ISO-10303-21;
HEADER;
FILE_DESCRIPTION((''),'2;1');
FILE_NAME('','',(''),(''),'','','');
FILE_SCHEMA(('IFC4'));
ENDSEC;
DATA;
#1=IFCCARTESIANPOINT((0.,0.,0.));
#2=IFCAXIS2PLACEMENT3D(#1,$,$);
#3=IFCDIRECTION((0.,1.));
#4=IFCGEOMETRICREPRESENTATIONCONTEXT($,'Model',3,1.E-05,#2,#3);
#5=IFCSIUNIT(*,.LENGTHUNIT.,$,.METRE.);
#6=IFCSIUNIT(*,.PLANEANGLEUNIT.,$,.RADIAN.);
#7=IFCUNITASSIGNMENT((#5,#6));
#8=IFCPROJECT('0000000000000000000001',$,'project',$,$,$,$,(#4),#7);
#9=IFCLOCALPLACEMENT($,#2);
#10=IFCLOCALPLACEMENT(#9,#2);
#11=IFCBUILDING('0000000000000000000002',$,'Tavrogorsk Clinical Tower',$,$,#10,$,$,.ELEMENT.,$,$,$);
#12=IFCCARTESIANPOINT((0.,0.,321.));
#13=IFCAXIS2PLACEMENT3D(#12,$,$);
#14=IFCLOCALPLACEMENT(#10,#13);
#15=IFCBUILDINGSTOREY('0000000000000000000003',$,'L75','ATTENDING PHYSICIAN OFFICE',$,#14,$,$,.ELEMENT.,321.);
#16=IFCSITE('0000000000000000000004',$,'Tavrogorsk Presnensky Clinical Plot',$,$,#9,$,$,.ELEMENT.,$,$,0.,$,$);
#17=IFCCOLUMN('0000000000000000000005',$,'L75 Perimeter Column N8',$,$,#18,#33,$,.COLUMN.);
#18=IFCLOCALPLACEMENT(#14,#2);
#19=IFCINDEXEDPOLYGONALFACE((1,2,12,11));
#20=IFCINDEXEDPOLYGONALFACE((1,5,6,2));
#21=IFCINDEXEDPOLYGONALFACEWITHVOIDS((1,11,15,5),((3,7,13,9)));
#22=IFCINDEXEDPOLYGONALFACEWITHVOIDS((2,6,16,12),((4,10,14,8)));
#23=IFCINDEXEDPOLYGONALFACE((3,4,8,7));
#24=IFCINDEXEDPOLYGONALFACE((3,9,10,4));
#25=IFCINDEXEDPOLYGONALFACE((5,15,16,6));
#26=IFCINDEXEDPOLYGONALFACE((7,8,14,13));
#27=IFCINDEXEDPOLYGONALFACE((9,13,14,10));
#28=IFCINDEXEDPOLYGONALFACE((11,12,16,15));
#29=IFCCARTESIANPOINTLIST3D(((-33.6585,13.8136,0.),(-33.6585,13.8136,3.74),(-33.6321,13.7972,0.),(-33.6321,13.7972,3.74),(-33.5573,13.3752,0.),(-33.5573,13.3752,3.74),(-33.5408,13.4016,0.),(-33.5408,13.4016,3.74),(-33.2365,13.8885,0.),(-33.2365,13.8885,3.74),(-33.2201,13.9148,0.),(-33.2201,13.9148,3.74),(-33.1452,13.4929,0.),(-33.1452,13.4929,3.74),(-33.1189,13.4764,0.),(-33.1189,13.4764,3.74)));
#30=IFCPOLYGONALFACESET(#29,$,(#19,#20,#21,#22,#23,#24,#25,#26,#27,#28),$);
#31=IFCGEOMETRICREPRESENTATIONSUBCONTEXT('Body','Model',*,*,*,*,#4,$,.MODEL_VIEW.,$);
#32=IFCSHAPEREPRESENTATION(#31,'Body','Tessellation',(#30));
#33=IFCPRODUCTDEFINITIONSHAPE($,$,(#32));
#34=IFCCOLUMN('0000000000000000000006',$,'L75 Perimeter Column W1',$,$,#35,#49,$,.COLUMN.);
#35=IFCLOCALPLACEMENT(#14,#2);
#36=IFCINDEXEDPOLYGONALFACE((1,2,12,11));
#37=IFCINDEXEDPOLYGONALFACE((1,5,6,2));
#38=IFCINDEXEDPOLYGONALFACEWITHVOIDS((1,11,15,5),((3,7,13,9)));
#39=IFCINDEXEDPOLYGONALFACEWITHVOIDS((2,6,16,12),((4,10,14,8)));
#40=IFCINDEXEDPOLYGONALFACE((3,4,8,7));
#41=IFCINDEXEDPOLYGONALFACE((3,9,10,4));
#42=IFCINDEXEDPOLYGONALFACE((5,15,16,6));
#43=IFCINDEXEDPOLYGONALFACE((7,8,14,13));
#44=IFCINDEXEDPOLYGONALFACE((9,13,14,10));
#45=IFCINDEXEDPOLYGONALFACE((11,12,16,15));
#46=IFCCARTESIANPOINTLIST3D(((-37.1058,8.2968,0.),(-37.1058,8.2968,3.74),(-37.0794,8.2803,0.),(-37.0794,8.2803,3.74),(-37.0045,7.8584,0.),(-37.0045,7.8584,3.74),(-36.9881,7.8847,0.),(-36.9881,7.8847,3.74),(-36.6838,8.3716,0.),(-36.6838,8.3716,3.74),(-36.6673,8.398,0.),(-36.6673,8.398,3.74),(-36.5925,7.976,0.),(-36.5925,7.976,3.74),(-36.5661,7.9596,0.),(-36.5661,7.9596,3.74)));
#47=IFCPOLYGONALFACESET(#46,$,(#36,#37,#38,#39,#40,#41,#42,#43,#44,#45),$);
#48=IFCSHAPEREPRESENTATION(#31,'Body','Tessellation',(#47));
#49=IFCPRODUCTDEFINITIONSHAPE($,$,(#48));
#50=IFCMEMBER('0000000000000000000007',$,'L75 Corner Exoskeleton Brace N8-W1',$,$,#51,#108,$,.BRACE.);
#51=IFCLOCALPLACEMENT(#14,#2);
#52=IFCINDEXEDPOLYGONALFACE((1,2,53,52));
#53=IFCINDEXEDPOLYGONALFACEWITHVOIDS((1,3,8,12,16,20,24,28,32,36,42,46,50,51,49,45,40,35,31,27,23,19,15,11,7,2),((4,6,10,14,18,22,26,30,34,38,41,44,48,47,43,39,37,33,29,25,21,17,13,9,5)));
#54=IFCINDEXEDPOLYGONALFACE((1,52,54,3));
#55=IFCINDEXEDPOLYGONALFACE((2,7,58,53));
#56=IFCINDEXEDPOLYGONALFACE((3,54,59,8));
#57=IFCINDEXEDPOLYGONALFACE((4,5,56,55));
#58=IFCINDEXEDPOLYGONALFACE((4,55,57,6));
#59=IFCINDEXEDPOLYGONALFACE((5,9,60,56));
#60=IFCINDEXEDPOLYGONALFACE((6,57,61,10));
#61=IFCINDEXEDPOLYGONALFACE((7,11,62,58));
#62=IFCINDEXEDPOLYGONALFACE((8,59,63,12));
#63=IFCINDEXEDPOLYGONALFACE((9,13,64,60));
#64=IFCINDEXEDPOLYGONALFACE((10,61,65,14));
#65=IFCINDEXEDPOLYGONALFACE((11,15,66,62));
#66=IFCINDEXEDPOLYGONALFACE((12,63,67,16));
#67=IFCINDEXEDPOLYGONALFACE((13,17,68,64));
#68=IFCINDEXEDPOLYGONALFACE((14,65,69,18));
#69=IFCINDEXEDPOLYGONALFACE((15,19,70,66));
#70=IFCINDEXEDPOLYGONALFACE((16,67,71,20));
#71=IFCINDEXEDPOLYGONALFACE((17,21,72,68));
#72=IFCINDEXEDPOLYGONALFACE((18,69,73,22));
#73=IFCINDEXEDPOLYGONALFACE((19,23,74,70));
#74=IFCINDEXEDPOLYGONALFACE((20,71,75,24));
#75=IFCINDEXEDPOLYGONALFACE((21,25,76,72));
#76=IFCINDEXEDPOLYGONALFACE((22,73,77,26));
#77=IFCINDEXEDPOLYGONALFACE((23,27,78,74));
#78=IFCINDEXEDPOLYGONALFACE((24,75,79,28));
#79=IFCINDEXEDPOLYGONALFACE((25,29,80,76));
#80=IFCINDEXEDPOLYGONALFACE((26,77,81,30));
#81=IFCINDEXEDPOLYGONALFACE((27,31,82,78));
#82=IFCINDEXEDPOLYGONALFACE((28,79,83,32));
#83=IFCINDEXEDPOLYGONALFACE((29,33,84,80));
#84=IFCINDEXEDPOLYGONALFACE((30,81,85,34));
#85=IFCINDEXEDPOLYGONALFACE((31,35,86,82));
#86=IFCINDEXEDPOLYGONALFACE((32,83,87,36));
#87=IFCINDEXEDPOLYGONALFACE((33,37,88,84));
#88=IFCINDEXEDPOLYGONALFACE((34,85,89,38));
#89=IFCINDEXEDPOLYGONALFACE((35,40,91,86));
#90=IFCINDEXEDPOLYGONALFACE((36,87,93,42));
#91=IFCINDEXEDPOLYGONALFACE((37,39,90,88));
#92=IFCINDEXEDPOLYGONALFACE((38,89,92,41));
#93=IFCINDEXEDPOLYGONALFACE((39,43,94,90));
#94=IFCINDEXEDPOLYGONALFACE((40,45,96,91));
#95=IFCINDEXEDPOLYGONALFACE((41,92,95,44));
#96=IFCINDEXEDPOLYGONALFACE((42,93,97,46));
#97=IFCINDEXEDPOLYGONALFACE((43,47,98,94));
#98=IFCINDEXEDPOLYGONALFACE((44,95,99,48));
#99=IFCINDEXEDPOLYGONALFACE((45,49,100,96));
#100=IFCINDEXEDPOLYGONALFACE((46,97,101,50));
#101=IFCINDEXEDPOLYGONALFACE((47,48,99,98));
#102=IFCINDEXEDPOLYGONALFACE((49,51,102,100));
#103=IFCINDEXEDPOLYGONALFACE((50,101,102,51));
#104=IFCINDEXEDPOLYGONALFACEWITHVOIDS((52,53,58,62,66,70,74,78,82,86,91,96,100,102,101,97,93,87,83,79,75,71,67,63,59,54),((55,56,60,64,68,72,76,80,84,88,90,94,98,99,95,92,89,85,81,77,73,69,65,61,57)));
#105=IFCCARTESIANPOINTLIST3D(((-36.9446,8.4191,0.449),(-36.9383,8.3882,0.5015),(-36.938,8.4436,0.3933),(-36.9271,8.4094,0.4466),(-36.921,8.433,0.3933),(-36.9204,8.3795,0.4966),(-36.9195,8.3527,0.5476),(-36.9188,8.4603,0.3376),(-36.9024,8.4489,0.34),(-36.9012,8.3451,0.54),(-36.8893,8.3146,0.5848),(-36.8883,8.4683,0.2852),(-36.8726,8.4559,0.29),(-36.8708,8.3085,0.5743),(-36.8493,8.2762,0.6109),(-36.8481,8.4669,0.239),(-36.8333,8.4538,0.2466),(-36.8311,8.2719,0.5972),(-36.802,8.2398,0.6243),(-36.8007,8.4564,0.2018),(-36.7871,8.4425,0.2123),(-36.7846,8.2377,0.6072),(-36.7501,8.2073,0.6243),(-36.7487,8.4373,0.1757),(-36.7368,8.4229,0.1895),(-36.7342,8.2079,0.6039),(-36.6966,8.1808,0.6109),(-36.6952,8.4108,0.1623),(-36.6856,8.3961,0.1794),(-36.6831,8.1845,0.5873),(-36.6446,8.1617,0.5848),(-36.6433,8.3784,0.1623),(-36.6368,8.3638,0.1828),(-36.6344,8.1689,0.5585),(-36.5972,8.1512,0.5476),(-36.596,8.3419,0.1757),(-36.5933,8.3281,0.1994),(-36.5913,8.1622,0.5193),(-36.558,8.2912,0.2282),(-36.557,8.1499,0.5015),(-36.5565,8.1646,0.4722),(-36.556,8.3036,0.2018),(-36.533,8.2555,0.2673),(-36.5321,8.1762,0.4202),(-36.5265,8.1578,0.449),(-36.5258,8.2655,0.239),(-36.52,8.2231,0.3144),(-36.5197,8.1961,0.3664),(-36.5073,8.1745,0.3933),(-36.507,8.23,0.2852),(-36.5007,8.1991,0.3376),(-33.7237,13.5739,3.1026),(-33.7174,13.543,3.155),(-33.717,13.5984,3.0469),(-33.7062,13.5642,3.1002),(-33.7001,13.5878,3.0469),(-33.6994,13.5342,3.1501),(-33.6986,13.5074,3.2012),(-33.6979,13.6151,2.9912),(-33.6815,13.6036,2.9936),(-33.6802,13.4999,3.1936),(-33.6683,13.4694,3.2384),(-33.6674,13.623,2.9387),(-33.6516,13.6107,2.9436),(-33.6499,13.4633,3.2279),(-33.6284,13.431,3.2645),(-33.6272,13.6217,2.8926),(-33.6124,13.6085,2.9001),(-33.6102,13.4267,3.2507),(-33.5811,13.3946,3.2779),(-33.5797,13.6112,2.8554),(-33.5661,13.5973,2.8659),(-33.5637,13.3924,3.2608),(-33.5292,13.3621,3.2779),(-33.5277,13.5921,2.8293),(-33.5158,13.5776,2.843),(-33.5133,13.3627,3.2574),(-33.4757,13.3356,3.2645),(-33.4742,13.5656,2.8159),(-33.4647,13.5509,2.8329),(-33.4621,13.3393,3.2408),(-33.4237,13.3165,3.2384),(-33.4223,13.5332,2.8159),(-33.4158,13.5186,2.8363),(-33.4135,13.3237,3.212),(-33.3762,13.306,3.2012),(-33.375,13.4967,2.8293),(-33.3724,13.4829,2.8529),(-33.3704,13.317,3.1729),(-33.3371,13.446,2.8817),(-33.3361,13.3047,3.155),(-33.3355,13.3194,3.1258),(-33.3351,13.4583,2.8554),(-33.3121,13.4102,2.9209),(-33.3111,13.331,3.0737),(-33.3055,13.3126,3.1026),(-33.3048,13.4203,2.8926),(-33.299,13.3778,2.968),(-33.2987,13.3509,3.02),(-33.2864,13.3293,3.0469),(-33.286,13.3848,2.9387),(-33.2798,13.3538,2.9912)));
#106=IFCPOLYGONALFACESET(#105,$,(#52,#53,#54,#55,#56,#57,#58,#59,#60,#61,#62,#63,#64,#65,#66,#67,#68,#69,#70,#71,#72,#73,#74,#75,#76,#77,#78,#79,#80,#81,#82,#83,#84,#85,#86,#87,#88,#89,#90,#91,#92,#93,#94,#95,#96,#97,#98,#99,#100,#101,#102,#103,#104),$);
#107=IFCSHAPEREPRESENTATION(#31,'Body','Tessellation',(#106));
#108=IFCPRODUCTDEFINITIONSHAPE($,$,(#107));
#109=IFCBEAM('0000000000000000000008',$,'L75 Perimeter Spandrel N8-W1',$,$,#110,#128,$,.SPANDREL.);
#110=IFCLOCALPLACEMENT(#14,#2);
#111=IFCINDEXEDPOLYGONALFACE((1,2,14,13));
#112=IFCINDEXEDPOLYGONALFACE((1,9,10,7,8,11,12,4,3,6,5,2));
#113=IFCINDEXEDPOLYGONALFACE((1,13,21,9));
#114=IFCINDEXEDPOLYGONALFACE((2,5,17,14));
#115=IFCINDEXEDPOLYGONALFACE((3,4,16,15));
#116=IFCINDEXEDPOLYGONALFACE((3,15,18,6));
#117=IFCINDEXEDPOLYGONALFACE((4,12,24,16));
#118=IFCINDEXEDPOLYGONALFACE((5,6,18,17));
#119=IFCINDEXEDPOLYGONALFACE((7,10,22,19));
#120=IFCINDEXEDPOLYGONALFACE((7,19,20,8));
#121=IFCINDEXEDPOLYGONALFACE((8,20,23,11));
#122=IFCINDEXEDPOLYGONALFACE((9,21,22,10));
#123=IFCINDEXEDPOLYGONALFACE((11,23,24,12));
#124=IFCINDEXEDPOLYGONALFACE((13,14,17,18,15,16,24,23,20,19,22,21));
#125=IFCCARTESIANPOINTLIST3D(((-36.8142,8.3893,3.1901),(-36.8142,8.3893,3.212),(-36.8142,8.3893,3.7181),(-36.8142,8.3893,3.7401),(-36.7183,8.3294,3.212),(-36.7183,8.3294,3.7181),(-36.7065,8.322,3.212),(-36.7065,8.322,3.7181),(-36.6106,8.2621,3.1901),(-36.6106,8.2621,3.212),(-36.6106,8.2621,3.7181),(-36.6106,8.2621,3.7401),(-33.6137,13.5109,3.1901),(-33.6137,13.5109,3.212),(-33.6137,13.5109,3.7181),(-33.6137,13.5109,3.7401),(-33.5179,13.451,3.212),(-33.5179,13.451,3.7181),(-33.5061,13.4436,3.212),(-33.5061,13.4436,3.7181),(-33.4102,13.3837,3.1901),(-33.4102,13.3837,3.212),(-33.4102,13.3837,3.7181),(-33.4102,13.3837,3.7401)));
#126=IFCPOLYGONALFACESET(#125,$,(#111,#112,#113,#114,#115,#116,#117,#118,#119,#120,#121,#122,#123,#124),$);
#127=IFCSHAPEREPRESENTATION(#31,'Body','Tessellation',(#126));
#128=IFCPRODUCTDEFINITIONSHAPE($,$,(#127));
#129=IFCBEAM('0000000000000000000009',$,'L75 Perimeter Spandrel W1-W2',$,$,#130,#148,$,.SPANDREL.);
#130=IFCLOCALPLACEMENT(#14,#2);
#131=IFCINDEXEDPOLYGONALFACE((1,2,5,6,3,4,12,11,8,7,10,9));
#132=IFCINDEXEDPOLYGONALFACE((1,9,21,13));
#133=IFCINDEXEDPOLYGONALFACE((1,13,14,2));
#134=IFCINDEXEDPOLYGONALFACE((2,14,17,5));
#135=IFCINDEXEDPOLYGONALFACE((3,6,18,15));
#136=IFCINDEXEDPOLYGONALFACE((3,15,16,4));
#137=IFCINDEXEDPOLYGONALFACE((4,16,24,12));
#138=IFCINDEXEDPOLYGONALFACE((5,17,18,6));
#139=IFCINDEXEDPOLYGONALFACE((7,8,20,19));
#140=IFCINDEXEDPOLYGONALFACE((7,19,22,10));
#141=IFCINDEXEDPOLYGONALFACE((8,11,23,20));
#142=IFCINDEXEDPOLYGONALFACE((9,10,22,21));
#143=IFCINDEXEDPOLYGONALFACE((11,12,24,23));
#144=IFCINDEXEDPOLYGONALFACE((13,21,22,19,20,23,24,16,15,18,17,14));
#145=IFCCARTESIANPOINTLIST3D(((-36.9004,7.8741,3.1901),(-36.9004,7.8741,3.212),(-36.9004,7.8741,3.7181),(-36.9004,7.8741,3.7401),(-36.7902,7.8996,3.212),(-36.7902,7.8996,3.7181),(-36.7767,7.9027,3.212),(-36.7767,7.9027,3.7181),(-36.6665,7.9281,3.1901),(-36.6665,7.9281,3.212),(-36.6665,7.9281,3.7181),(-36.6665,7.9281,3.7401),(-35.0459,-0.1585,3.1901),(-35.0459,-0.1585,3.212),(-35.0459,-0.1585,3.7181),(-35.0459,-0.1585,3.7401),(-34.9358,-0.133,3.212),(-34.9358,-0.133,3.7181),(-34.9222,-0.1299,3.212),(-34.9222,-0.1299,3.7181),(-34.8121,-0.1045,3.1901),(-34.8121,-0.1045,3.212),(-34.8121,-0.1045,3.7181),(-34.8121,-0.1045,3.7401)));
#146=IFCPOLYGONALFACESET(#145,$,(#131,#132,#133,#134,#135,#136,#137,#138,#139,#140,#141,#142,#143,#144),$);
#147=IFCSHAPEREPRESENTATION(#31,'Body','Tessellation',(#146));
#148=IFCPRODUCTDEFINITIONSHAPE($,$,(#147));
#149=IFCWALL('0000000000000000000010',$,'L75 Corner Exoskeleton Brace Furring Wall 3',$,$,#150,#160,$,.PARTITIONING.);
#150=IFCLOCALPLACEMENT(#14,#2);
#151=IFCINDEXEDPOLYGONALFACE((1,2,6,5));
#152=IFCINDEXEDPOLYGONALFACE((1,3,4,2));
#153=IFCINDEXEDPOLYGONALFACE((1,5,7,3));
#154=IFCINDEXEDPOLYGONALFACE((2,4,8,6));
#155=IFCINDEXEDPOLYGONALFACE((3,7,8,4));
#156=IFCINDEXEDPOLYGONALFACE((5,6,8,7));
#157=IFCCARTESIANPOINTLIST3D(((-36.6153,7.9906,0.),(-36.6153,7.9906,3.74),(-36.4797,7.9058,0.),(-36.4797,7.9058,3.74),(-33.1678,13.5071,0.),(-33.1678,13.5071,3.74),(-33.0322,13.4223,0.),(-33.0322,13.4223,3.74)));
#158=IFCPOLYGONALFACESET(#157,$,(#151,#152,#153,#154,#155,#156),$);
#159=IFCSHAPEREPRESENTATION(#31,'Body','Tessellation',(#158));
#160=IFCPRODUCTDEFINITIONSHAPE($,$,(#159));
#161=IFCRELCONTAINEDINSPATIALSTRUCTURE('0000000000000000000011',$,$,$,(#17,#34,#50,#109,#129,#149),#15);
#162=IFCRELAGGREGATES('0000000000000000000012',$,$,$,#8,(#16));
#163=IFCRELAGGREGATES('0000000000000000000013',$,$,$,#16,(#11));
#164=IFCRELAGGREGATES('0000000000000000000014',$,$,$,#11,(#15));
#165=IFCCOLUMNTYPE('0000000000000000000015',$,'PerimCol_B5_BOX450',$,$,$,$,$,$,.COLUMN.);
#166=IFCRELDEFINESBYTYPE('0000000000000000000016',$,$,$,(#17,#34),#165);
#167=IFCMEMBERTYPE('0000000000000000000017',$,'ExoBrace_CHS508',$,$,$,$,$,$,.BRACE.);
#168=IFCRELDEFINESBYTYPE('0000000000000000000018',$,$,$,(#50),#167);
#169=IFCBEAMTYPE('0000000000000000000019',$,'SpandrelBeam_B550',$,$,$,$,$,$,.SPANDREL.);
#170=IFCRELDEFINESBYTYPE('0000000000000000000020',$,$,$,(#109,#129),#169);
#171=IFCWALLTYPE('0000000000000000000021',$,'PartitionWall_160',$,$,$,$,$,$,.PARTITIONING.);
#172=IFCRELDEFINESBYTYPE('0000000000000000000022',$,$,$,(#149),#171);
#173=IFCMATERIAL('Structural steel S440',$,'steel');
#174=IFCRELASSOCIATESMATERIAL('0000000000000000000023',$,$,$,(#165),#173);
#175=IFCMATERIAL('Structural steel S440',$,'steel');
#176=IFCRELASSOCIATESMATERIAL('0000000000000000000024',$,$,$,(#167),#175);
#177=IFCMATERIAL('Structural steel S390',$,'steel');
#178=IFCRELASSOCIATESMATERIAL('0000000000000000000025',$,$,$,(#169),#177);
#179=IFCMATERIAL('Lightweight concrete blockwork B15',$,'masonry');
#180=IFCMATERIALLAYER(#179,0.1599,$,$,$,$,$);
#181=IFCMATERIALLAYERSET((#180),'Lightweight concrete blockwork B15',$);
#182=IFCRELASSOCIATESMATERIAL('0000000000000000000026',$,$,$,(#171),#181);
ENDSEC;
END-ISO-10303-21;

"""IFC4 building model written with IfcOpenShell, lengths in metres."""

from ifc_helpers import new_model, si_unit, direction, frame, frame_2d, origin, origin_2d, place, context, subcontext, project, spatial, rectangle, hollow_rectangle, hollow_circle, i_section, extrude, material, layer, layer_set, material_profile, profile_set, type_object, element, save


model = new_model("IFC4")

# Units and contexts
model_context = context("Model", 3, precision=1e-05, world=origin(), true_north=direction((0.0, 1.0)))
body_context = subcontext(model_context, "Body", "Model", "MODEL_VIEW")
ifc_project = project(units=[si_unit("LENGTHUNIT", "METRE"), si_unit("PLANEANGLEUNIT", "RADIAN")], contexts=[model_context])

# Site, building, storey
site_placement = place(None, origin())
site = spatial("IfcSite", under=ifc_project, at=site_placement, Name="Tavrogorsk Presnensky Clinical Plot", CompositionType="ELEMENT", RefElevation=0.0)
building_placement = place(site_placement, origin())
building = spatial("IfcBuilding", under=site, at=building_placement, Name="Tavrogorsk Clinical Tower", CompositionType="ELEMENT")
storey_placement = place(building_placement, frame((0.0, 0.0, 321.0)))
storey = spatial("IfcBuildingStorey", under=building, at=storey_placement, Name="L75", Description="ATTENDING PHYSICIAN OFFICE", CompositionType="ELEMENT", Elevation=321.0)

# Columns
ifc_material_1 = material(Name="Structural steel S440", Category="steel")
ifc_material_profile_1 = material_profile(ifc_material_1, hollow_rectangle(XDim=0.45, YDim=0.45, WallThickness=0.022, at=origin_2d()), Name="BOX-450x450x22")
ifc_profile_set_1 = profile_set([ifc_material_profile_1], Name="Structural steel S440")
column_type = type_object("IfcColumnType", Name="PerimCol_B5_BOX450", PredefinedType="COLUMN", material=ifc_profile_set_1)
for number, where, z_axis, x_axis, name in (
    (1, (-33.3887, 13.645, 0.0), (0.0, 0.0, 1.0), (0.97437, 0.224951, 0.0), "L75 Perimeter Column N8"),
    (2, (-36.8359, 8.1282, 0.0), (0.0, 0.0, 1.0), (0.97437, 0.224951, 0.0), "L75 Perimeter Column W1"),
):
    element("IfcColumn", number, at=place(storey_placement, frame(where, z_axis=z_axis, x_axis=x_axis)), inside=storey, type_object=column_type, Name=name, PredefinedType="COLUMN", context=body_context, shape_type="SweptSolid", body=[
        extrude(hollow_rectangle(XDim=0.45, YDim=0.45, WallThickness=0.022, at=origin_2d()), origin(), (0.0, 0.0, 1.0), 3.74),
    ])

# Member
ifc_material_2 = material(Name="Structural steel S440", Category="steel")
ifc_material_profile_2 = material_profile(ifc_material_2, hollow_circle(Radius=0.2539, WallThickness=0.02, at=origin_2d()), Name="CHS-508x20")
ifc_profile_set_2 = profile_set([ifc_material_profile_2], Name="Structural steel S440")
member_type = type_object("IfcMemberType", Name="ExoBrace_CHS508", PredefinedType="BRACE", material=ifc_profile_set_2)
member_placement = place(storey_placement, frame((-36.7227, 8.3091, 0.3933), z_axis=(0.485644, 0.777222, 0.400096), x_axis=(-0.848057, 0.529905, 0.0)))
element("IfcMember", 3, at=member_placement, inside=storey, type_object=member_type, Name="L75 Corner Exoskeleton Brace N8-W1", PredefinedType="BRACE", context=body_context, shape_type="SweptSolid", body=[
    extrude(hollow_circle(Radius=0.2539, WallThickness=0.02, at=origin_2d()), origin(), (0.0, 0.0, 1.0), 6.6323),
])

# Beams
ifc_material_3 = material(Name="Structural steel S390", Category="steel")
ifc_material_profile_3 = material_profile(ifc_material_3, i_section(OverallWidth=0.24, OverallDepth=0.55, WebThickness=0.0139, FlangeThickness=0.022, at=origin_2d()), Name="B-550x240x14x22")
ifc_profile_set_3 = profile_set([ifc_material_profile_3], Name="Structural steel S390")
beam_type = type_object("IfcBeamType", Name="SpandrelBeam_B550", PredefinedType="SPANDREL", material=ifc_profile_set_3)
beam_1_placement = place(storey_placement, frame((-33.512, 13.4473, 3.4651), z_axis=(-0.529934, -0.848039, 0.0), x_axis=(0.848039, -0.529934, 0.0)))
element("IfcBeam", 4, at=beam_1_placement, inside=storey, type_object=beam_type, Name="L75 Perimeter Spandrel N8-W1", PredefinedType="SPANDREL", context=body_context, shape_type="SweptSolid", body=[
    extrude(i_section(OverallWidth=0.24, OverallDepth=0.55, WebThickness=0.0139, FlangeThickness=0.022, at=origin_2d()), origin(), (0.0, 0.0, 1.0), 6.0393),
])
beam_2_placement = place(storey_placement, frame((-36.7834, 7.9011, 3.4651), z_axis=(0.22495, -0.97437, 0.0), x_axis=(0.97437, 0.22495, 0.0)))
element("IfcBeam", 5, at=beam_2_placement, inside=storey, type_object=beam_type, Name="L75 Perimeter Spandrel W1-W2", PredefinedType="SPANDREL", context=body_context, shape_type="SweptSolid", body=[
    extrude(i_section(OverallWidth=0.24, OverallDepth=0.55, WebThickness=0.0139, FlangeThickness=0.022, at=origin_2d()), origin(), (0.0, 0.0, 1.0), 8.2439),
])

# Wall
ifc_material_4 = material(Name="Lightweight concrete blockwork B15", Category="masonry")
ifc_layer_1 = layer(ifc_material_4, 0.1599)
ifc_layer_set_1 = layer_set([ifc_layer_1], Name="Lightweight concrete blockwork B15")
wall_type_1 = type_object("IfcWallType", Name="PartitionWall_160", PredefinedType="PARTITIONING", material=ifc_layer_set_1)
wall_1_placement = place(storey_placement, frame((-33.1001, 13.4646, 0.0), z_axis=(0.0, 0.0, 1.0), x_axis=(-0.529958, -0.848024, 0.0)))
element("IfcWall", 6, at=wall_1_placement, inside=storey, type_object=wall_type_1, Name="L75 Corner Exoskeleton Brace Furring Wall 3", PredefinedType="PARTITIONING", context=body_context, shape_type="SweptSolid", body=[
    extrude(rectangle(XDim=6.5051, YDim=0.1599, at=frame_2d((3.2524, 0.0))), origin(), (0.0, 0.0, 1.0), 3.74),
])

save(model, "model.ifc")
